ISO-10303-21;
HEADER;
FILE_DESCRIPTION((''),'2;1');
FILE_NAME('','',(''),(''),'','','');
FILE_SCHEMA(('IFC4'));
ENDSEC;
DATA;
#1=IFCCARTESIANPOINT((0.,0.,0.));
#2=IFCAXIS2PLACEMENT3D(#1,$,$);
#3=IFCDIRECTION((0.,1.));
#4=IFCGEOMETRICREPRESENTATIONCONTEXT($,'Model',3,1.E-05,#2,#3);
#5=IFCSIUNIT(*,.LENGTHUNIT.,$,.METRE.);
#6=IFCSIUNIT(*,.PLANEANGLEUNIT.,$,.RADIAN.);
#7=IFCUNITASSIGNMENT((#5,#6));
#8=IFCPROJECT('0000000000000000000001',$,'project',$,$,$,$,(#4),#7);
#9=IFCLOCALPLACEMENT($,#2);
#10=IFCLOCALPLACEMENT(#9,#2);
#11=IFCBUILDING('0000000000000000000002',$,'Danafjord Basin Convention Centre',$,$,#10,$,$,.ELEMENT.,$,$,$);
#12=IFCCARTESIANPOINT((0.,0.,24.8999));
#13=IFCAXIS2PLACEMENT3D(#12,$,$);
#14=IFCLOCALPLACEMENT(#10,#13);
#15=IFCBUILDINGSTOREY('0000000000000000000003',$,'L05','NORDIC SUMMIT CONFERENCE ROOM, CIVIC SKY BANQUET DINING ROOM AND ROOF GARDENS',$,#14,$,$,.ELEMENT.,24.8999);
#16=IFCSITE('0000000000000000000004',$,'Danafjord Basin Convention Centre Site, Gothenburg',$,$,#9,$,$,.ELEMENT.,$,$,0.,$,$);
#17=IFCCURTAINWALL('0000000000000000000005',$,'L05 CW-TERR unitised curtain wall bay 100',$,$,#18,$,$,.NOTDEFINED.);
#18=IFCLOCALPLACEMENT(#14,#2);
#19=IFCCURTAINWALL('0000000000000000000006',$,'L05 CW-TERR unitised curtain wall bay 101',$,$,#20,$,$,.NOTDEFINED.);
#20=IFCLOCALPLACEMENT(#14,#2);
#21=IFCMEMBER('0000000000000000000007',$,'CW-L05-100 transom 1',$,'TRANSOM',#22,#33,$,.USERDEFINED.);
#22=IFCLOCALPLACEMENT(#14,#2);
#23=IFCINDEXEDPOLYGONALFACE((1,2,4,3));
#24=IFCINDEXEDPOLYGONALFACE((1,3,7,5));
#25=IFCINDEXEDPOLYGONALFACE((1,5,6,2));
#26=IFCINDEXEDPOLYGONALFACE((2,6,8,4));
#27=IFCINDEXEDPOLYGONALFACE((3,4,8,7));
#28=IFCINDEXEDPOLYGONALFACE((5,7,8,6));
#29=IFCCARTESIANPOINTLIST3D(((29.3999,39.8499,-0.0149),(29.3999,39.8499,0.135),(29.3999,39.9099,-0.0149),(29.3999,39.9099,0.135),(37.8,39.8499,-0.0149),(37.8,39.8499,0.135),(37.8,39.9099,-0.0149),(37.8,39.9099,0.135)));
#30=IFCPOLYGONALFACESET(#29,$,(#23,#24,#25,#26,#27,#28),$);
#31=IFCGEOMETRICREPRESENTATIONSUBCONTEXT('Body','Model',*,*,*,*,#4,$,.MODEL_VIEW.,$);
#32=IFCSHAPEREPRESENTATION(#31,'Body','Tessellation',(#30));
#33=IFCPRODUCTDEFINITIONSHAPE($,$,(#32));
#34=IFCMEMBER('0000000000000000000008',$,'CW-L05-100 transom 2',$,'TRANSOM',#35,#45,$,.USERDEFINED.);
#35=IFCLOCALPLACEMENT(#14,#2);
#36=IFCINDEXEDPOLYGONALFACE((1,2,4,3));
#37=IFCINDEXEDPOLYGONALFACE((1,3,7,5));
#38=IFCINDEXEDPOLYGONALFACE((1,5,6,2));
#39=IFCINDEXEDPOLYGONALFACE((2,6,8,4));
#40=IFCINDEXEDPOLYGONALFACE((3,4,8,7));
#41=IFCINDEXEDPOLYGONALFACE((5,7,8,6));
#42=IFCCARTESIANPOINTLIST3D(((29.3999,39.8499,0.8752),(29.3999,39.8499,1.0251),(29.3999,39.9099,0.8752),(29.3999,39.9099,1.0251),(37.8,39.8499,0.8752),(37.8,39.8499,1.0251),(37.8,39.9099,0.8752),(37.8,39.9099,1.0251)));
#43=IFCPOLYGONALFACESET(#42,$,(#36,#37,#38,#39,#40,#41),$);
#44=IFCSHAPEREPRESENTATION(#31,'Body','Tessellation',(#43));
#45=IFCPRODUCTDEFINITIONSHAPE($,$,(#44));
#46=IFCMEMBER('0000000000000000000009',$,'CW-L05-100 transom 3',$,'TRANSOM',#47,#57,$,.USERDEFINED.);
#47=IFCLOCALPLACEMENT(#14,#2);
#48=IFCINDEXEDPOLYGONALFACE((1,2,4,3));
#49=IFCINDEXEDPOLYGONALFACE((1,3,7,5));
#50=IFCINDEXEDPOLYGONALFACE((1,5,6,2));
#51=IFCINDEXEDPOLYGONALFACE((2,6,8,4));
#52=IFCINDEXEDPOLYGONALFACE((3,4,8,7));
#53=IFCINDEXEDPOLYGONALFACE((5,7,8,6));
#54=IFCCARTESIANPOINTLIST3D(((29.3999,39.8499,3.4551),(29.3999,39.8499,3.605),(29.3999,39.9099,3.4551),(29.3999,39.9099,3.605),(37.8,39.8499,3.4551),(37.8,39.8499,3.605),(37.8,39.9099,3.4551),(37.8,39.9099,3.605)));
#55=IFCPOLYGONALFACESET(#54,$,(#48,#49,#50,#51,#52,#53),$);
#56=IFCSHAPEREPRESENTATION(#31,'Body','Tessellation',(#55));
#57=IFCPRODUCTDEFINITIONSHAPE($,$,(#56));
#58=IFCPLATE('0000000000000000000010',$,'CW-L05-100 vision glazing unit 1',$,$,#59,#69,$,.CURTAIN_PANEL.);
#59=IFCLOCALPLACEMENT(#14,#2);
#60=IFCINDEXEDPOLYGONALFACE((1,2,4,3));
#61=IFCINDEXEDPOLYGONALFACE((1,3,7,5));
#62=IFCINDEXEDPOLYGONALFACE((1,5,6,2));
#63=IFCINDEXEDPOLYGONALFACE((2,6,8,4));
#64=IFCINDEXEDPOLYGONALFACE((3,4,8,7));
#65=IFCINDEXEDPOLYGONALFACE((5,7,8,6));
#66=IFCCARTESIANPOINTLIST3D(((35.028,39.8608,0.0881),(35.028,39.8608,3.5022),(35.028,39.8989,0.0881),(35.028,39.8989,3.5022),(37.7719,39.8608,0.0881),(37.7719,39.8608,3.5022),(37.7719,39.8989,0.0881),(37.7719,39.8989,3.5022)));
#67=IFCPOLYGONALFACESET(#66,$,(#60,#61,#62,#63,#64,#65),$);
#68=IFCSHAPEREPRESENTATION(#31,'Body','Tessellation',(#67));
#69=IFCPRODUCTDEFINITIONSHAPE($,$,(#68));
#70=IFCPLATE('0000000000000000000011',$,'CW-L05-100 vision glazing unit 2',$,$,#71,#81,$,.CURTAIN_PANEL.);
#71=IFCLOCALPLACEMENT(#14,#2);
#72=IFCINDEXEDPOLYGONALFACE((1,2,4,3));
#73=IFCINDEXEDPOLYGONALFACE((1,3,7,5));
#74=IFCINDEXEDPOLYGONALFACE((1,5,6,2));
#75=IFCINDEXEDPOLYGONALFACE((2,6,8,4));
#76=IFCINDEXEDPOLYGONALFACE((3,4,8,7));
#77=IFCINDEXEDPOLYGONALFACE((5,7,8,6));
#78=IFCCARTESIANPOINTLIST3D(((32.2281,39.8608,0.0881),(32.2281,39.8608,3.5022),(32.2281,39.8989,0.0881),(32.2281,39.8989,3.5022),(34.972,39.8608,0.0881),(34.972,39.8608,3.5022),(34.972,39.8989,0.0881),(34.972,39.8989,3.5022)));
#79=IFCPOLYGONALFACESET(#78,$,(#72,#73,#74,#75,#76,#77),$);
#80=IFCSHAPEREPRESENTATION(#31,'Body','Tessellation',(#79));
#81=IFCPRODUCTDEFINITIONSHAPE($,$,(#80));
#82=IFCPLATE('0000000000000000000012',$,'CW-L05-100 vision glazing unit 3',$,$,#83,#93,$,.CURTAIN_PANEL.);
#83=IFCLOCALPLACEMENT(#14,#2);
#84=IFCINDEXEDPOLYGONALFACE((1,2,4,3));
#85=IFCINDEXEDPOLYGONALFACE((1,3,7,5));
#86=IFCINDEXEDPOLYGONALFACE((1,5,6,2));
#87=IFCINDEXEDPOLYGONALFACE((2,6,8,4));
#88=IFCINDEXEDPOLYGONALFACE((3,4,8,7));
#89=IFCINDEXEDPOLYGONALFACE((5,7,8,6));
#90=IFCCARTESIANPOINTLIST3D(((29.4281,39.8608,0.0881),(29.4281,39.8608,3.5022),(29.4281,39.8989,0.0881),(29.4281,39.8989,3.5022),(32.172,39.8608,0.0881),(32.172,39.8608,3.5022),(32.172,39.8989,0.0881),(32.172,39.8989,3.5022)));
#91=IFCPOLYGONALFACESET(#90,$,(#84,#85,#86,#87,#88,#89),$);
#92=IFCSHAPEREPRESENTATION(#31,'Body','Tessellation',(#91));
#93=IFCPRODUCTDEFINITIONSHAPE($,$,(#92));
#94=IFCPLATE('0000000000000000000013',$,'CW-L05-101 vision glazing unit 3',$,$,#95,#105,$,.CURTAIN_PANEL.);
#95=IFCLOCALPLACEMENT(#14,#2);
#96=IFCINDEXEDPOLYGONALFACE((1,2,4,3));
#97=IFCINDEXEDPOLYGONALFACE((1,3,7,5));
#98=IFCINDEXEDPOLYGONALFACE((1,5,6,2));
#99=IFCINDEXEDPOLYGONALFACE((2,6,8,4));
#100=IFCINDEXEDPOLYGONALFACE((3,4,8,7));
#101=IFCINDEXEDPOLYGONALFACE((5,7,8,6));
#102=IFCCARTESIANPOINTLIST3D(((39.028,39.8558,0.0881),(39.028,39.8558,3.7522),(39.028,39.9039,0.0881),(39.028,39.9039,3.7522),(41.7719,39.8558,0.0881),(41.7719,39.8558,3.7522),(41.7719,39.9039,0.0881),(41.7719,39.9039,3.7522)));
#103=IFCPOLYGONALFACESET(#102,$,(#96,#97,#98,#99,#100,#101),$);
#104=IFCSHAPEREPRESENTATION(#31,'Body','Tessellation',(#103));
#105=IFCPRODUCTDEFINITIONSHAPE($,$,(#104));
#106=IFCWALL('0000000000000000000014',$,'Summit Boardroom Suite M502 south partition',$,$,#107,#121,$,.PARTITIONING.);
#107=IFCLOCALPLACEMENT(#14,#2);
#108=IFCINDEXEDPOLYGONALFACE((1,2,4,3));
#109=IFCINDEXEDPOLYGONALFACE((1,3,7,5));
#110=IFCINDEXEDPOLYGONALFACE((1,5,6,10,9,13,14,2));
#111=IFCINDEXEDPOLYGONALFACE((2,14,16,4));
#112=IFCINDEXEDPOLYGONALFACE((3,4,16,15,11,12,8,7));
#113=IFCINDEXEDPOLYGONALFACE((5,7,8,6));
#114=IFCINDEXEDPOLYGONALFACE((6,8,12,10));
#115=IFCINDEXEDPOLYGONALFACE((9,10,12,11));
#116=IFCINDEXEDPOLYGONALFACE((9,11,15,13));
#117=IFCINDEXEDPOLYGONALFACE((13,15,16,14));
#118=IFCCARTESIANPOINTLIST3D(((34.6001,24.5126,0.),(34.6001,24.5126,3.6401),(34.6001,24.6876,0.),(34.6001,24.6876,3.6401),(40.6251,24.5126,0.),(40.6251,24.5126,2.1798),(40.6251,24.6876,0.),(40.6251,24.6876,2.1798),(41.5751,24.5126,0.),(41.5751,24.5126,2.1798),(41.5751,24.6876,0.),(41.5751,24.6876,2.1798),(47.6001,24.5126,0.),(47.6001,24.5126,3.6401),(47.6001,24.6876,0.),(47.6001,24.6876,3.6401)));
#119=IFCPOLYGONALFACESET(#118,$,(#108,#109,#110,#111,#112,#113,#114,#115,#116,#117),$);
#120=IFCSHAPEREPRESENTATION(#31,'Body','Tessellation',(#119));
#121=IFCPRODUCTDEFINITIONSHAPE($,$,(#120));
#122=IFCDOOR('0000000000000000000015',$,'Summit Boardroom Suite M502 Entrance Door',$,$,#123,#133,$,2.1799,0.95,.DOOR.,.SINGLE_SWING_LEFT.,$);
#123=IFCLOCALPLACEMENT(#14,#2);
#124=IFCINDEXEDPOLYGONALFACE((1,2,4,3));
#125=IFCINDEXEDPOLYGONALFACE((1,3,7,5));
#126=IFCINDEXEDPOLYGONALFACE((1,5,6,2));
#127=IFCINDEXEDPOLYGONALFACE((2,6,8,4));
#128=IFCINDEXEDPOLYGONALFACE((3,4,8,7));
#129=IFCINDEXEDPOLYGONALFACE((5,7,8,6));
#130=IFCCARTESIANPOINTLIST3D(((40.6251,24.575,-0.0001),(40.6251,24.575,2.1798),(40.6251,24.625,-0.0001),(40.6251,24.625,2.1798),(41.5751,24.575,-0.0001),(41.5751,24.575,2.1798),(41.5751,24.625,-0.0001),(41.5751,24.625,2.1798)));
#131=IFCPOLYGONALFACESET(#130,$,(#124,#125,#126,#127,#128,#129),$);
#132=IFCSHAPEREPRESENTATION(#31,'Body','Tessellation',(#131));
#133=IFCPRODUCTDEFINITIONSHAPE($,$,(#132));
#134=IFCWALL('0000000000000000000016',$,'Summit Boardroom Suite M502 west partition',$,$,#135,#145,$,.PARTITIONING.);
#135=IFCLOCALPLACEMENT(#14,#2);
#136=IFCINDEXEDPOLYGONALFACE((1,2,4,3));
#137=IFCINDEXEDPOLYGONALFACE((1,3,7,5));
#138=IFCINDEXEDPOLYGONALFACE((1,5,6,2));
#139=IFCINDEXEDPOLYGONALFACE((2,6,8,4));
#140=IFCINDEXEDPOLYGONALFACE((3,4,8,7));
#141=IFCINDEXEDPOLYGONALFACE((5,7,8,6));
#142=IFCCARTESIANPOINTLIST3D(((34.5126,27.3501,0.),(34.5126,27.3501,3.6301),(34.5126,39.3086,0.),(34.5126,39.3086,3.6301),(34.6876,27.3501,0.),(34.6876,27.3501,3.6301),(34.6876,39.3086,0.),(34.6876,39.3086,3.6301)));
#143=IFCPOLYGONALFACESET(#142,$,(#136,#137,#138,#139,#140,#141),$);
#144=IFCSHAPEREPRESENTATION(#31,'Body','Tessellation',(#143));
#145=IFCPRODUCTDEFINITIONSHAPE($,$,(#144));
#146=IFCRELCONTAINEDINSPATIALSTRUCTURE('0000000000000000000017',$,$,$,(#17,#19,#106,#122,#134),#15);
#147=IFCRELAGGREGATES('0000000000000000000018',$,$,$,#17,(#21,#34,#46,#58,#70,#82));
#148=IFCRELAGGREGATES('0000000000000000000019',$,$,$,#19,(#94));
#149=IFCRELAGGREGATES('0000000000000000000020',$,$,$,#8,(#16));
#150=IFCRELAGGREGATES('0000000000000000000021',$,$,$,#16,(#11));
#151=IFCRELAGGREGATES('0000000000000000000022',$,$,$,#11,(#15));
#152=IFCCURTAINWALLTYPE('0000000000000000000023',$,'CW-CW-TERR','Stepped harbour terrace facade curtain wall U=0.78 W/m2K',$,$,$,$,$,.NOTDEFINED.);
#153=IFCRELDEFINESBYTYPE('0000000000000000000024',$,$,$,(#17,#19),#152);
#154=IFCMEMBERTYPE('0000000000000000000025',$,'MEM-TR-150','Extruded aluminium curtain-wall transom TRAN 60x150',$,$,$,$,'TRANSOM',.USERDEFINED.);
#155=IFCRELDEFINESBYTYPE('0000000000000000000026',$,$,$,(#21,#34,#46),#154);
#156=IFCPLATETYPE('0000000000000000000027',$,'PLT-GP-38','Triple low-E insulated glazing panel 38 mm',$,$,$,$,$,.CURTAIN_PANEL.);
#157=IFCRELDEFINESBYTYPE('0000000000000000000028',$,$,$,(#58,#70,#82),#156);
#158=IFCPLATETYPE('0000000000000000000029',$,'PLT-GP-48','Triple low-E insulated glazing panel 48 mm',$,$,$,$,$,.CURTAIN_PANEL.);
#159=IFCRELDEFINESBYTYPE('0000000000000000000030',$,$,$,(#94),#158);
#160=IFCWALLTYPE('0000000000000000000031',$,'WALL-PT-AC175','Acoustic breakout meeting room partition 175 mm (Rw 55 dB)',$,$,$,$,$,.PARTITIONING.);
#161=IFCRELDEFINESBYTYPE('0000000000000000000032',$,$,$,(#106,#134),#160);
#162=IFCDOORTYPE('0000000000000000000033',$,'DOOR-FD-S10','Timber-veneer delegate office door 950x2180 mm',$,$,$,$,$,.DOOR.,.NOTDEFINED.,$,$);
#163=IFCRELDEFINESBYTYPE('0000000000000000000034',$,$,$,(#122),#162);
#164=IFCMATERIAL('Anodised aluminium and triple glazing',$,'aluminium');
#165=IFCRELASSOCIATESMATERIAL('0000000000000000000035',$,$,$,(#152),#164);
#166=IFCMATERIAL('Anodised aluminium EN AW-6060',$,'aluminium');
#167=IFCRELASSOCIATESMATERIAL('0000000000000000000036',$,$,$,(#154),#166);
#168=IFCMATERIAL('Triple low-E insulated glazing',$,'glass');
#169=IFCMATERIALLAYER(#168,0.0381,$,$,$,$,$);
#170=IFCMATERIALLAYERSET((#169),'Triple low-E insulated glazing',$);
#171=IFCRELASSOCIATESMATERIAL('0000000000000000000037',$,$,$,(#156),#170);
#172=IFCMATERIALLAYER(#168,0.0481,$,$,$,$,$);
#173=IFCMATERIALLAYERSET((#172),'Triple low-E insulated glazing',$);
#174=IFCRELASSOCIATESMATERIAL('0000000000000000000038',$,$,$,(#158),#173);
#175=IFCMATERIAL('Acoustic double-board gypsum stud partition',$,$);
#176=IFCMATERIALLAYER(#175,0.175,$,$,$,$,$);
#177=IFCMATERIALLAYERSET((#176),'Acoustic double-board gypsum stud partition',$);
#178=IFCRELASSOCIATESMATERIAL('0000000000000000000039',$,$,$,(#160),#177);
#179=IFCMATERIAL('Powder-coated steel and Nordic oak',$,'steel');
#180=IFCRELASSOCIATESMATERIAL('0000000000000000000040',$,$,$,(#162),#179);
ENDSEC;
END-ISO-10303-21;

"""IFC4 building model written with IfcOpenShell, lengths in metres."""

from ifc_helpers import new_model, si_unit, direction, frame, frame_2d, origin, origin_2d, place, context, subcontext, project, spatial, rectangle, extrude, material, layer, layer_set, material_profile, profile_set, type_object, element, fill, aggregate, save


model = new_model("IFC4")

# Units and contexts
model_context = context("Model", 3, precision=1e-05, world=origin(), true_north=direction((0.0, 1.0)))
body_context = subcontext(model_context, "Body", "Model", "MODEL_VIEW")
ifc_project = project(units=[si_unit("LENGTHUNIT", "METRE"), si_unit("PLANEANGLEUNIT", "RADIAN")], contexts=[model_context])

# Site, building, storey
site_placement = place(None, origin())
site = spatial("IfcSite", under=ifc_project, at=site_placement, Name="Danafjord Basin Convention Centre Site, Gothenburg", CompositionType="ELEMENT", RefElevation=0.0)
building_placement = place(site_placement, origin())
building = spatial("IfcBuilding", under=site, at=building_placement, Name="Danafjord Basin Convention Centre", CompositionType="ELEMENT")
storey_placement = place(building_placement, frame((0.0, 0.0, 24.8999)))
storey = spatial("IfcBuildingStorey", under=building, at=storey_placement, Name="L05", Description="NORDIC SUMMIT CONFERENCE ROOM, CIVIC SKY BANQUET DINING ROOM AND ROOF GARDENS", CompositionType="ELEMENT", Elevation=24.8999)

# Curtain wall
ifc_material_1 = material(Name="Anodised aluminium and triple glazing", Category="aluminium")
curtain_wall_type = type_object("IfcCurtainWallType", Name="CW-CW-TERR", Description="Stepped harbour terrace facade curtain wall U=0.78 W/m2K", PredefinedType="NOTDEFINED", material=ifc_material_1)
curtain_wall_1_placement = place(storey_placement, origin())
curtain_wall_1 = element("IfcCurtainWall", 1, at=curtain_wall_1_placement, inside=storey, type_object=curtain_wall_type, Name="L05 CW-TERR unitised curtain wall bay 100", PredefinedType="NOTDEFINED")
ifc_material_2 = material(Name="Anodised aluminium EN AW-6060", Category="aluminium")

# Curtain wall
curtain_wall_2_placement = place(storey_placement, origin())
curtain_wall_2 = element("IfcCurtainWall", 2, at=curtain_wall_2_placement, inside=storey, type_object=curtain_wall_type, Name="L05 CW-TERR unitised curtain wall bay 101", PredefinedType="NOTDEFINED")

# Members
ifc_material_profile_1 = material_profile(ifc_material_2, rectangle(XDim=0.0601, YDim=0.1499, at=origin_2d()), Name="TRAN 60x150")
ifc_profile_set_1 = profile_set([ifc_material_profile_1], Name="Anodised aluminium EN AW-6060")
member_type_1 = type_object("IfcMemberType", Name="MEM-TR-150", Description="Extruded aluminium curtain-wall transom TRAN 60x150", ElementType="TRANSOM", PredefinedType="USERDEFINED", material=ifc_profile_set_1)
member_1_placement = place(storey_placement, frame((37.8, 39.8799, 0.0601), z_axis=(-1.0, 0.0, 0.0), x_axis=(0.0, -1.0, 0.0)))
member_1 = element("IfcMember", 3, at=member_1_placement, type_object=member_type_1, Name="CW-L05-100 transom 1", ObjectType="TRANSOM", PredefinedType="USERDEFINED", context=body_context, shape_type="SweptSolid", body=[
    extrude(rectangle(XDim=0.0601, YDim=0.1499, at=origin_2d()), origin(), (0.0, 0.0, 1.0), 8.4001),
])
member_2_placement = place(storey_placement, frame((37.8, 39.8799, 0.9502), z_axis=(-1.0, 0.0, 0.0), x_axis=(0.0, -1.0, 0.0)))
member_2 = element("IfcMember", 4, at=member_2_placement, type_object=member_type_1, Name="CW-L05-100 transom 2", ObjectType="TRANSOM", PredefinedType="USERDEFINED", context=body_context, shape_type="SweptSolid", body=[
    extrude(rectangle(XDim=0.0601, YDim=0.1499, at=origin_2d()), origin(), (0.0, 0.0, 1.0), 8.4001),
])
member_3_placement = place(storey_placement, frame((37.8, 39.8799, 3.53), z_axis=(-1.0, 0.0, 0.0), x_axis=(0.0, -1.0, 0.0)))
member_3 = element("IfcMember", 5, at=member_3_placement, type_object=member_type_1, Name="CW-L05-100 transom 3", ObjectType="TRANSOM", PredefinedType="USERDEFINED", context=body_context, shape_type="SweptSolid", body=[
    extrude(rectangle(XDim=0.0601, YDim=0.1499, at=origin_2d()), origin(), (0.0, 0.0, 1.0), 8.4001),
])

# Plates
ifc_material_3 = material(Name="Triple low-E insulated glazing", Category="glass")
ifc_layer_1 = layer(ifc_material_3, 0.0381)
ifc_layer_set_1 = layer_set([ifc_layer_1], Name="Triple low-E insulated glazing")
plate_type_1 = type_object("IfcPlateType", Name="PLT-GP-38", Description="Triple low-E insulated glazing panel 38 mm", PredefinedType="CURTAIN_PANEL", material=ifc_layer_set_1)
plate_1_placement = place(storey_placement, frame((36.3999, 39.8799, 0.0881), z_axis=(0.0, 0.0, 1.0), x_axis=(-1.0, 0.0, 0.0)))
plate_1 = element("IfcPlate", 6, at=plate_1_placement, type_object=plate_type_1, Name="CW-L05-100 vision glazing unit 1", PredefinedType="CURTAIN_PANEL", context=body_context, shape_type="SweptSolid", body=[
    extrude(rectangle(XDim=2.7439, YDim=0.0381, at=origin_2d()), origin(), (0.0, 0.0, 1.0), 3.4141),
])
plate_2_placement = place(storey_placement, frame((33.6001, 39.8799, 0.0881), z_axis=(0.0, 0.0, 1.0), x_axis=(-1.0, 0.0, 0.0)))
plate_2 = element("IfcPlate", 7, at=plate_2_placement, type_object=plate_type_1, Name="CW-L05-100 vision glazing unit 2", PredefinedType="CURTAIN_PANEL", context=body_context, shape_type="SweptSolid", body=[
    extrude(rectangle(XDim=2.7439, YDim=0.0381, at=origin_2d()), origin(), (0.0, 0.0, 1.0), 3.4141),
])
plate_3_placement = place(storey_placement, frame((30.8, 39.8799, 0.0881), z_axis=(0.0, 0.0, 1.0), x_axis=(-1.0, 0.0, 0.0)))
plate_3 = element("IfcPlate", 8, at=plate_3_placement, type_object=plate_type_1, Name="CW-L05-100 vision glazing unit 3", PredefinedType="CURTAIN_PANEL", context=body_context, shape_type="SweptSolid", body=[
    extrude(rectangle(XDim=2.7439, YDim=0.0381, at=origin_2d()), origin(), (0.0, 0.0, 1.0), 3.4141),
])
aggregate(curtain_wall_1, [member_1, member_2, member_3, plate_1, plate_2, plate_3])
ifc_layer_2 = layer(ifc_material_3, 0.0481)
ifc_layer_set_2 = layer_set([ifc_layer_2], Name="Triple low-E insulated glazing")
plate_type_2 = type_object("IfcPlateType", Name="PLT-GP-48", Description="Triple low-E insulated glazing panel 48 mm", PredefinedType="CURTAIN_PANEL", material=ifc_layer_set_2)
plate_4_placement = place(storey_placement, frame((40.3999, 39.8799, 0.0881), z_axis=(0.0, 0.0, 1.0), x_axis=(-1.0, 0.0, 0.0)))
plate_4 = element("IfcPlate", 9, at=plate_4_placement, type_object=plate_type_2, Name="CW-L05-101 vision glazing unit 3", PredefinedType="CURTAIN_PANEL", context=body_context, shape_type="SweptSolid", body=[
    extrude(rectangle(XDim=2.7439, YDim=0.0481, at=origin_2d()), origin(), (0.0, 0.0, 1.0), 3.6641),
])
aggregate(curtain_wall_2, [plate_4])

# Wall, opening, door
ifc_material_4 = material(Name="Acoustic double-board gypsum stud partition")
ifc_layer_3 = layer(ifc_material_4, 0.175)
ifc_layer_set_3 = layer_set([ifc_layer_3], Name="Acoustic double-board gypsum stud partition")
wall_type = type_object("IfcWallType", Name="WALL-PT-AC175", Description="Acoustic breakout meeting room partition 175 mm (Rw 55 dB)", PredefinedType="PARTITIONING", material=ifc_layer_set_3)
wall_1_placement = place(storey_placement, frame((34.6001, 24.6001, 0.0), z_axis=(0.0, 0.0, 1.0), x_axis=(1.0, 0.0, 0.0)))
wall_1 = element("IfcWall", 10, at=wall_1_placement, inside=storey, type_object=wall_type, Name="Summit Boardroom Suite M502 south partition", PredefinedType="PARTITIONING", context=body_context, shape_type="SweptSolid", body=[
    extrude(rectangle(XDim=13.0, YDim=0.175, at=frame_2d((6.5, 0.0))), origin(), (0.0, 0.0, 1.0), 3.6401),
])
opening_placement = place(wall_1_placement, frame((6.0249, 0.0, 0.0)))
opening = element("IfcOpeningElement", 11, at=opening_placement, cuts=wall_1, PredefinedType="OPENING", context=body_context, shape_type="SweptSolid", body=[
    extrude(rectangle(XDim=0.95, YDim=2.1799, at=frame_2d((0.4751, 1.0898))), frame((0.0, 0.0974, 0.0), z_axis=(0.0, -1.0, 0.0), x_axis=(1.0, 0.0, 0.0)), (0.0, 0.0, 1.0), 0.1951),
])
ifc_material_5 = material(Name="Powder-coated steel and Nordic oak", Category="steel")
door_type = type_object("IfcDoorType", Name="DOOR-FD-S10", Description="Timber-veneer delegate office door 950x2180 mm", OperationType="NOTDEFINED", PredefinedType="DOOR", material=ifc_material_5)
door_placement = place(opening_placement, origin())
door = element("IfcDoor", 12, at=door_placement, inside=storey, type_object=door_type, Name="Summit Boardroom Suite M502 Entrance Door", OperationType="SINGLE_SWING_LEFT", OverallHeight=2.1799, OverallWidth=0.95, PredefinedType="DOOR", context=body_context, shape_type="SweptSolid", body=[
    extrude(rectangle(XDim=0.95, YDim=2.1799, at=frame_2d((0.4751, 1.0898))), frame((0.0, 0.0249, 0.0), z_axis=(0.0, -1.0, 0.0), x_axis=(1.0, 0.0, 0.0)), (0.0, 0.0, 1.0), 0.05),
])
fill(opening, door)

# Wall
wall_2_placement = place(storey_placement, frame((34.6001, 39.3086, 0.0), z_axis=(0.0, 0.0, 1.0), x_axis=(0.0, -1.0, 0.0)))
element("IfcWall", 13, at=wall_2_placement, inside=storey, type_object=wall_type, Name="Summit Boardroom Suite M502 west partition", PredefinedType="PARTITIONING", context=body_context, shape_type="SweptSolid", body=[
    extrude(rectangle(XDim=11.9585, YDim=0.175, at=frame_2d((5.9792, 0.0))), origin(), (0.0, 0.0, 1.0), 3.6301),
])

save(model, "model.ifc")
